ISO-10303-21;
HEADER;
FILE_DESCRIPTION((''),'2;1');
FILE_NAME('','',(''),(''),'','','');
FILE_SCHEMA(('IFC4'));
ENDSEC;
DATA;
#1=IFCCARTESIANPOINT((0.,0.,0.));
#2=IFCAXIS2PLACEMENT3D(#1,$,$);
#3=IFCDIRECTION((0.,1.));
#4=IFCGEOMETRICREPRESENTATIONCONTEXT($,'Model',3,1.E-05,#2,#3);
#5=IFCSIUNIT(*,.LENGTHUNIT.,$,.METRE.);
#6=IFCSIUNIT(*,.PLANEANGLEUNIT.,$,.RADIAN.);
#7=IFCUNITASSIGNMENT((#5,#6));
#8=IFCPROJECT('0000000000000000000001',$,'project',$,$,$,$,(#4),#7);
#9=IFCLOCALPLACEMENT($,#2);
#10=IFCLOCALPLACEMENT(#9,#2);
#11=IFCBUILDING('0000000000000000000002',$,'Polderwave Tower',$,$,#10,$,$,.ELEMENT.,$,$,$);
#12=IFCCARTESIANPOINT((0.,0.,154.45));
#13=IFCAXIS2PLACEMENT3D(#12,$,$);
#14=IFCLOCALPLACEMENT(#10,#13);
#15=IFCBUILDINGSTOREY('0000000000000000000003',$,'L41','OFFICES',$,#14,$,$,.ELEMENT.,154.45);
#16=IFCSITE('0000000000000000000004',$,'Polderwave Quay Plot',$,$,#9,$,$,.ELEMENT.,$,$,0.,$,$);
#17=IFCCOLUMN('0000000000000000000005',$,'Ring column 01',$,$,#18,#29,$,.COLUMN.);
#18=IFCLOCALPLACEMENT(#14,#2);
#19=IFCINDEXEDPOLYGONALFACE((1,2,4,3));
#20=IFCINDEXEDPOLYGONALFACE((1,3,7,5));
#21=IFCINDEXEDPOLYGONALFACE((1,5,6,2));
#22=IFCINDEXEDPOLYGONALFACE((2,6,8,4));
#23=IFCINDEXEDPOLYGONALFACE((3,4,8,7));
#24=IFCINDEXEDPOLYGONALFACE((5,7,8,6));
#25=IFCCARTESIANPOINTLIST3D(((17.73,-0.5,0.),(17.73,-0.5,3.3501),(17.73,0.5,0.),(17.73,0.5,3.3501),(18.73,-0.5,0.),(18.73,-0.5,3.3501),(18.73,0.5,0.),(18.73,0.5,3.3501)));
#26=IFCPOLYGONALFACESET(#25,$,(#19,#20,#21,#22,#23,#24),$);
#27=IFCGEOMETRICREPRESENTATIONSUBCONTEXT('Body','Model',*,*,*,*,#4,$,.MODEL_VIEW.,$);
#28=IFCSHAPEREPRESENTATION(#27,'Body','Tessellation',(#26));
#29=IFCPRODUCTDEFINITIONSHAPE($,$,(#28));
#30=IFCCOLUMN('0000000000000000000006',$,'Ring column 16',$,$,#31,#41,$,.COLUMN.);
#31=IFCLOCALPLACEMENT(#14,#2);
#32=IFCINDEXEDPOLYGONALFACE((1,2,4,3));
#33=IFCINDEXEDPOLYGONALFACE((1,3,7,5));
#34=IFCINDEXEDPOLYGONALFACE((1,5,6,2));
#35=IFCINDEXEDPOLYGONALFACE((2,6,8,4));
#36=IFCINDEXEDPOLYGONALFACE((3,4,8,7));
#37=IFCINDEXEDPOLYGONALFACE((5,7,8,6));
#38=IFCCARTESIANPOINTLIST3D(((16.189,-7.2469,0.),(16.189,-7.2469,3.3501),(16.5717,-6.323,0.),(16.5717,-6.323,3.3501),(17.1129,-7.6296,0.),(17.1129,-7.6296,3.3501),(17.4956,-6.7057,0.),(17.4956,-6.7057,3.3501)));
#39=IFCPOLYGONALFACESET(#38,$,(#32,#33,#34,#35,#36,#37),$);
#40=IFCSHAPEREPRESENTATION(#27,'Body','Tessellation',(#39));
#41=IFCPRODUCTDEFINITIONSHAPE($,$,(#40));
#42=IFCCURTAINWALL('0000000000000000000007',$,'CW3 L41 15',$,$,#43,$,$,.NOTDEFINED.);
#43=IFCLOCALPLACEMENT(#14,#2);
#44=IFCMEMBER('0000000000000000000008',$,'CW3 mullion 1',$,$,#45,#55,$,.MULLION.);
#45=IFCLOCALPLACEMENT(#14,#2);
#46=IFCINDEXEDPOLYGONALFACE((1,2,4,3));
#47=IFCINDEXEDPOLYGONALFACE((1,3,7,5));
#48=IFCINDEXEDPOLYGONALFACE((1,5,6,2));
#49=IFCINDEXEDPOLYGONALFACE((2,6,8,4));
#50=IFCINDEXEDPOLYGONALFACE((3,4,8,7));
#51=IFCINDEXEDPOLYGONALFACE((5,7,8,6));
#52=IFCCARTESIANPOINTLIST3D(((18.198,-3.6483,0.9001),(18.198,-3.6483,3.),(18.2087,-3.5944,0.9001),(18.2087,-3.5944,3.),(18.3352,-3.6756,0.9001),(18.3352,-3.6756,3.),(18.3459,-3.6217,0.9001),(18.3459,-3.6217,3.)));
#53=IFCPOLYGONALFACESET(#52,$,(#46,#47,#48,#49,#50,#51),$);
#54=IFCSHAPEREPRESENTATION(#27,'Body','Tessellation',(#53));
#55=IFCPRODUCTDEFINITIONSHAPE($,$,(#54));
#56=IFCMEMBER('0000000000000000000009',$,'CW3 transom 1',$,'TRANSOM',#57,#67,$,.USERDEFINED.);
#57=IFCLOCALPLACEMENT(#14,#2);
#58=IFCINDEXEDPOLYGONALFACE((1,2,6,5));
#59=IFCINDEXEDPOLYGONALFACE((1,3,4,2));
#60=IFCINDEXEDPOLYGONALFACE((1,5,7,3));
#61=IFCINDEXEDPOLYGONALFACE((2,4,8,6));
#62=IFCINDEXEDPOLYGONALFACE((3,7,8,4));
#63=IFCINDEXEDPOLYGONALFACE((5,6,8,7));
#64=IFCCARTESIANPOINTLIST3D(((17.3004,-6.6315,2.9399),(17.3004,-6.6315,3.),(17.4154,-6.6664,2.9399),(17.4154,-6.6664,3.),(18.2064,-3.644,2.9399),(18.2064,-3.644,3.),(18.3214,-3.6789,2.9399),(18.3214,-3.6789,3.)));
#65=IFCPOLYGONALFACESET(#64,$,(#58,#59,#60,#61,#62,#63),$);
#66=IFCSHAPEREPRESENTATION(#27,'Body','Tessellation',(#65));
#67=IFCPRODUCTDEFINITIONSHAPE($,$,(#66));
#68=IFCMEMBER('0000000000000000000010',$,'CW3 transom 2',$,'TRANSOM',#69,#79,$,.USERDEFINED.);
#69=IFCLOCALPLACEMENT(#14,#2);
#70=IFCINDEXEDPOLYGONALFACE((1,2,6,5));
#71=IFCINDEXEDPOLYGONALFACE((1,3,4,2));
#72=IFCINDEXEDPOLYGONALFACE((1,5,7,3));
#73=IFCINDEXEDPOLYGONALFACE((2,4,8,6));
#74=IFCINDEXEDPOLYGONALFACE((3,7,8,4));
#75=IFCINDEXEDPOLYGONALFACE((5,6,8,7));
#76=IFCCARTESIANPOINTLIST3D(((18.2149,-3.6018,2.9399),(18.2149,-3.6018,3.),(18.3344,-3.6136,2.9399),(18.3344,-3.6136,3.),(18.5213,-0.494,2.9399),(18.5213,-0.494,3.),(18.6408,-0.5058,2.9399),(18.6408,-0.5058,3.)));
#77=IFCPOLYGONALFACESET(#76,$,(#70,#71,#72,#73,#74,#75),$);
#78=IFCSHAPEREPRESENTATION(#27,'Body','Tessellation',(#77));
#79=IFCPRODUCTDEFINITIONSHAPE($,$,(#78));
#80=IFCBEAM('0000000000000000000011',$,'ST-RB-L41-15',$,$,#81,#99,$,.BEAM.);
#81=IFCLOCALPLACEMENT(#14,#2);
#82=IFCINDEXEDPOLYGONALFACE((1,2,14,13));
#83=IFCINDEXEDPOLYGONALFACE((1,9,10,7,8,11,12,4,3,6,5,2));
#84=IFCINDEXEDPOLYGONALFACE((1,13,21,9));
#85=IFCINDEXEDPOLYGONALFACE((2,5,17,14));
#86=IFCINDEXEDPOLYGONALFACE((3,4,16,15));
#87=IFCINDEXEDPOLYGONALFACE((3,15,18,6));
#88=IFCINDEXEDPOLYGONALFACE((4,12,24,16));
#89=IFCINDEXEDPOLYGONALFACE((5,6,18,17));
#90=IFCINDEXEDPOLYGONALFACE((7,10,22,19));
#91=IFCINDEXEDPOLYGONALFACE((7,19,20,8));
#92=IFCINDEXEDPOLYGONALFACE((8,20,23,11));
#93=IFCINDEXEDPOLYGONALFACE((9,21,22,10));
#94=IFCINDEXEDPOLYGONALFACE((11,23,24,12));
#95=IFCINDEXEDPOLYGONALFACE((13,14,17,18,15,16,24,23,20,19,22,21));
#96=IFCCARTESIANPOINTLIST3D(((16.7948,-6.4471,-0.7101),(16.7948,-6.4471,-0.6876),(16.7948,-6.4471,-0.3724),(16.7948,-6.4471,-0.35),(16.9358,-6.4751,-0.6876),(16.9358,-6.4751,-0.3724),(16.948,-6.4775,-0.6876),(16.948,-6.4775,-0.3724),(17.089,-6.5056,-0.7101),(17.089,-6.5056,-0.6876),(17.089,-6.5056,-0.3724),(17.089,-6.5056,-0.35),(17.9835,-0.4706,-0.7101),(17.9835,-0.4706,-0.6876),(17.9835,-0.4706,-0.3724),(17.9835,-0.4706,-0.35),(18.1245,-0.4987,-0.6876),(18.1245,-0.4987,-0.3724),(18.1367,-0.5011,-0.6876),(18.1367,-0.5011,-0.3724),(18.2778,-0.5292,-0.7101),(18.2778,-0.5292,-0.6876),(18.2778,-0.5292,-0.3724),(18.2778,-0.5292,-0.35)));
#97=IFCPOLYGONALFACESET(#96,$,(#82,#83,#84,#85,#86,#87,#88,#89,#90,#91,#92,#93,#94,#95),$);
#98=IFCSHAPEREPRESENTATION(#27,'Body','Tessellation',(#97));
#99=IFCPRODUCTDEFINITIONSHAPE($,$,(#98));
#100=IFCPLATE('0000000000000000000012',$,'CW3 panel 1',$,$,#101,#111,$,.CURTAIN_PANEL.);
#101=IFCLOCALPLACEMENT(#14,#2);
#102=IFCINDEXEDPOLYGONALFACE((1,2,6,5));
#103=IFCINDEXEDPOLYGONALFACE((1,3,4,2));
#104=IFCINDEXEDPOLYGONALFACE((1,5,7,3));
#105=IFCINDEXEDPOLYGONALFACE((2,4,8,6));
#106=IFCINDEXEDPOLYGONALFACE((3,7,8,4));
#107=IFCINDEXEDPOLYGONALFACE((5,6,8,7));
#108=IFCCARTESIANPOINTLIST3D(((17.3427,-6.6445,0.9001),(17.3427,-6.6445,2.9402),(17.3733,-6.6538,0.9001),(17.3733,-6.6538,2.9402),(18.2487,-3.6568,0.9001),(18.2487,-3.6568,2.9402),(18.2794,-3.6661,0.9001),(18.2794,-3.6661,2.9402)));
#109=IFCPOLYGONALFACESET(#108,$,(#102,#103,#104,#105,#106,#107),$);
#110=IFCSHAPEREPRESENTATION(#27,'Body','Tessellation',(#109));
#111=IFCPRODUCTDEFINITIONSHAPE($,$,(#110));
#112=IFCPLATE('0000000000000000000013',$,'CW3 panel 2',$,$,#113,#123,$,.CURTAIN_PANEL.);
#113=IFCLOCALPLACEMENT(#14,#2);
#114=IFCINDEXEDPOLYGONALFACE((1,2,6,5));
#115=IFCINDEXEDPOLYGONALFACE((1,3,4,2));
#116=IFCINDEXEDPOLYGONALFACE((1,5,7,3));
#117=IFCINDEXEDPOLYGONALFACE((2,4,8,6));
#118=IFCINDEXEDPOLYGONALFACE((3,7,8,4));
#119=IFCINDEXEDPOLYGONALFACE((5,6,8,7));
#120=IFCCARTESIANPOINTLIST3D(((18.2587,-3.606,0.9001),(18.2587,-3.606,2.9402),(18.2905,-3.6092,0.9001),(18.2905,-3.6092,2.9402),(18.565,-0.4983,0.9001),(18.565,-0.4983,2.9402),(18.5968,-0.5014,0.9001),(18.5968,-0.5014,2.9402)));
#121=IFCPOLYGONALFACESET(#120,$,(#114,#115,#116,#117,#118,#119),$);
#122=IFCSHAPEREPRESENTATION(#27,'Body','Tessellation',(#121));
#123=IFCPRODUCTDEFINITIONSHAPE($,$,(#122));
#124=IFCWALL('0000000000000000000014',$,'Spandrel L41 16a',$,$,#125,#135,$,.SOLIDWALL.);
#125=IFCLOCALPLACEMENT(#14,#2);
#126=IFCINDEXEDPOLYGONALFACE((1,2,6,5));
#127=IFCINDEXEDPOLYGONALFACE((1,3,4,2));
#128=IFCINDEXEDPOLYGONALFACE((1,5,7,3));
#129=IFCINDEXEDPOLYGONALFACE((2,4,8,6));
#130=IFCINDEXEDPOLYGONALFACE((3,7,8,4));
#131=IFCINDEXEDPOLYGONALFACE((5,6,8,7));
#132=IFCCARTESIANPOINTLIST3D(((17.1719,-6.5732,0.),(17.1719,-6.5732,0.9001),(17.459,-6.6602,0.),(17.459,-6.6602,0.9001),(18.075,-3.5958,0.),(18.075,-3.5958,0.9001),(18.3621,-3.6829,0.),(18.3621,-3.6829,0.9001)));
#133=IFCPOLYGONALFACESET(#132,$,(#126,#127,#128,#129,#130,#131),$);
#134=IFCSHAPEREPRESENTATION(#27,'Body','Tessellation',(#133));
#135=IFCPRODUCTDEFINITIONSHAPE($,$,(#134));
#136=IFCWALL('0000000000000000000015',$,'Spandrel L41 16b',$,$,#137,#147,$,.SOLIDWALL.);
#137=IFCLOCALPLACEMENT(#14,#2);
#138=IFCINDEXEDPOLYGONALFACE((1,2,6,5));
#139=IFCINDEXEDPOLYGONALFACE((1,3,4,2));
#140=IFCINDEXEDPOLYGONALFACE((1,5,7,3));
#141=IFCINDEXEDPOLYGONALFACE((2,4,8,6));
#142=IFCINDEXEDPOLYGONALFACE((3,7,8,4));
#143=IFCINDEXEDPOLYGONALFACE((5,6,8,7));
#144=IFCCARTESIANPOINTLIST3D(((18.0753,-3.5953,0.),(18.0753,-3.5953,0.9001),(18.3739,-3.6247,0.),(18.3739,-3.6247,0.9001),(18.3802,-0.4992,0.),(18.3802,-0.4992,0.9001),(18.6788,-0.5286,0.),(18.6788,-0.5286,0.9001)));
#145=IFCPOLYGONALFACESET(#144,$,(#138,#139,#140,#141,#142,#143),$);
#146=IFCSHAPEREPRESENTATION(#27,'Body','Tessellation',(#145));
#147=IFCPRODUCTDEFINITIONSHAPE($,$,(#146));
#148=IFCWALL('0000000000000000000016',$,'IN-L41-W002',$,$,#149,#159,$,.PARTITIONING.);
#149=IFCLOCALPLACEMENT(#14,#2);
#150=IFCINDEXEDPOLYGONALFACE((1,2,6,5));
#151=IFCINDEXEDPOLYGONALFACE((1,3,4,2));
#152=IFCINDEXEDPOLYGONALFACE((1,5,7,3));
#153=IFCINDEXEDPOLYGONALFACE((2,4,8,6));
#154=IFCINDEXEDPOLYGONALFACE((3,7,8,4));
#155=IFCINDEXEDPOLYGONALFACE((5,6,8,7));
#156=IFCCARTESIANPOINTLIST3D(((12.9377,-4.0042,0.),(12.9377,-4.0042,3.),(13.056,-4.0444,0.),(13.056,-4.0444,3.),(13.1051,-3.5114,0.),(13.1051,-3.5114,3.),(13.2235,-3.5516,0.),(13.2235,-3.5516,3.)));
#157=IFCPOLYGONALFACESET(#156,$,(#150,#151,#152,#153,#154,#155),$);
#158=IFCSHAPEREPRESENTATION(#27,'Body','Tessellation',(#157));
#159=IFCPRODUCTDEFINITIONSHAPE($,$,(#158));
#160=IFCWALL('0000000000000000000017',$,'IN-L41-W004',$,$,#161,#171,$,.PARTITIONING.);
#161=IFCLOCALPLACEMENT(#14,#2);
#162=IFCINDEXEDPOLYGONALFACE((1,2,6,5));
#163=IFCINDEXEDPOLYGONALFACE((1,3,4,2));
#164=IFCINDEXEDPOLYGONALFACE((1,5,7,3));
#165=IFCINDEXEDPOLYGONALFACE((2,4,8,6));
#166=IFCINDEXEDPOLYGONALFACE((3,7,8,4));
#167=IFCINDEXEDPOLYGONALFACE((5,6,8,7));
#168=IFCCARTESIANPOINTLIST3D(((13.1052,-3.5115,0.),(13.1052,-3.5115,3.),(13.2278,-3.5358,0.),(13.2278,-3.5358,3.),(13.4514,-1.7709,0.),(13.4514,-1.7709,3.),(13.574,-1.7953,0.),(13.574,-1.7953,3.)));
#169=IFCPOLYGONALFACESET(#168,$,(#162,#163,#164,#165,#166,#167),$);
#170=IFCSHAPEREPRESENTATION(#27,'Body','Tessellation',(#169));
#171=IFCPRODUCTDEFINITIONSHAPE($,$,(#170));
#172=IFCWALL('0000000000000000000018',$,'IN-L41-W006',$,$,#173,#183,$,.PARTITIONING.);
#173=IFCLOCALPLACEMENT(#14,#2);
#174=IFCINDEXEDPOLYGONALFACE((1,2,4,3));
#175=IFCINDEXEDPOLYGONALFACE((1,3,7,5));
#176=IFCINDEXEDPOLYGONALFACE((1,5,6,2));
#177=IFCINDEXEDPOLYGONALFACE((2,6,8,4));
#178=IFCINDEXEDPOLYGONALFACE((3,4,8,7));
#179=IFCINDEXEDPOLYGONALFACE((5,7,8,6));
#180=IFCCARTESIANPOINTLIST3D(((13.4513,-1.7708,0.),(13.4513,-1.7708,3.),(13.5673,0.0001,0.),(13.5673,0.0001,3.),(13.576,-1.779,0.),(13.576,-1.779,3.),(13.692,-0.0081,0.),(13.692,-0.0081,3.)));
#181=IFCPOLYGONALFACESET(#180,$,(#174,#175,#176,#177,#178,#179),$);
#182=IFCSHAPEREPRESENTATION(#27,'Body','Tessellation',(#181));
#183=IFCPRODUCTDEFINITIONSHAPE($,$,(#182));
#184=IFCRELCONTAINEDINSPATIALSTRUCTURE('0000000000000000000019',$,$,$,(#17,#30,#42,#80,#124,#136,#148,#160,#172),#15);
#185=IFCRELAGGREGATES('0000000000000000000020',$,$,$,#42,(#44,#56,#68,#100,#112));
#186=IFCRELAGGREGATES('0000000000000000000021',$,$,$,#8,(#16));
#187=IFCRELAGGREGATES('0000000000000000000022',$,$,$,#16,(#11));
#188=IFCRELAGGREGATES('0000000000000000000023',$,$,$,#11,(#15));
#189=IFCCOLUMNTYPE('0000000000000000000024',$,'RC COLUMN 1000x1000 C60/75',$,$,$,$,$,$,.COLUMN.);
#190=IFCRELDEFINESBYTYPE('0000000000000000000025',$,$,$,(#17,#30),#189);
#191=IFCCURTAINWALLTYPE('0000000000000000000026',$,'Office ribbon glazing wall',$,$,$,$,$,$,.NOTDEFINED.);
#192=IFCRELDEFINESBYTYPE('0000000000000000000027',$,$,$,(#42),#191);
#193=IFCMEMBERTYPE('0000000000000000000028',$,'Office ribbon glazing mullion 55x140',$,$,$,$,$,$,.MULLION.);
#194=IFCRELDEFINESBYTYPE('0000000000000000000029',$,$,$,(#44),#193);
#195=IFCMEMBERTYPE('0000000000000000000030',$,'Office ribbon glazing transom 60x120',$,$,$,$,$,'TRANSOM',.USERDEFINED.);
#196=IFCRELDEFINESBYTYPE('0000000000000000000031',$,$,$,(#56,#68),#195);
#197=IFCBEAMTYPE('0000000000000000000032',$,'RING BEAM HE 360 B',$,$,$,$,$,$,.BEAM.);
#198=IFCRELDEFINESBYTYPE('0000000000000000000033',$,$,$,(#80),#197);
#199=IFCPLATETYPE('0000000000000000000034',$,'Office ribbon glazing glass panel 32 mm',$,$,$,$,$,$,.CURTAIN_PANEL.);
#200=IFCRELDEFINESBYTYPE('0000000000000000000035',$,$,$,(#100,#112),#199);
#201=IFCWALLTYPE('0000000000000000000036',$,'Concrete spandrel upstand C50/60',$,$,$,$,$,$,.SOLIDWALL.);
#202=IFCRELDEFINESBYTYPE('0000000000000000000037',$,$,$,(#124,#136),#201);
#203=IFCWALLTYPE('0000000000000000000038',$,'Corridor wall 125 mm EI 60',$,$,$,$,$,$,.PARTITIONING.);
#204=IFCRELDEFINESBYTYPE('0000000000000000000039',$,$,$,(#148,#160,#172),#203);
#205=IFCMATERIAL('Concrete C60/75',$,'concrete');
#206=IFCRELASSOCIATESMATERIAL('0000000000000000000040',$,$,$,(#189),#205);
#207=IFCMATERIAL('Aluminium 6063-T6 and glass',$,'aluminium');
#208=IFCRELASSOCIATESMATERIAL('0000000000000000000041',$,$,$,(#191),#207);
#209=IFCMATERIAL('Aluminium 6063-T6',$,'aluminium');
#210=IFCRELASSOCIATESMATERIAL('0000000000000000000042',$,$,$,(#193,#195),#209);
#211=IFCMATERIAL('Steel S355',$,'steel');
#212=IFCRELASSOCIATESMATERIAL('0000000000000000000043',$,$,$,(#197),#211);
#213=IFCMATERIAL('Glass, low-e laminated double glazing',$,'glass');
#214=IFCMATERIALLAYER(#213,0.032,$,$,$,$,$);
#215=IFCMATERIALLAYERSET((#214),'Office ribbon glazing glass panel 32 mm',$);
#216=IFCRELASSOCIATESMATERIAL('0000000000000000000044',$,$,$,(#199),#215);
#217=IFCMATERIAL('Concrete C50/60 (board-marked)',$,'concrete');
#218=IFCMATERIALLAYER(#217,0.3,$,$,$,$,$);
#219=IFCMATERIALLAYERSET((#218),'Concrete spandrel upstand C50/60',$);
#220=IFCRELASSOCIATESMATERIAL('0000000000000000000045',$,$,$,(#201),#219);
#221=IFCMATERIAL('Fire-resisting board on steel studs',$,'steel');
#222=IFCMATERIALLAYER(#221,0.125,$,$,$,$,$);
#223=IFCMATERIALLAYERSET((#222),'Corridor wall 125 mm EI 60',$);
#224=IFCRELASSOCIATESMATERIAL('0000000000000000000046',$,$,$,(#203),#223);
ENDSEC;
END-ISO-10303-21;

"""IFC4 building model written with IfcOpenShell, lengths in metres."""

from ifc_helpers import new_model, si_unit, direction, frame, frame_2d, origin, origin_2d, place, context, subcontext, project, spatial, rectangle, i_section, extrude, material, layer, layer_set, material_profile, profile_set, type_object, element, aggregate, save


model = new_model("IFC4")

# Units and contexts
model_context = context("Model", 3, precision=1e-05, world=origin(), true_north=direction((0.0, 1.0)))
body_context = subcontext(model_context, "Body", "Model", "MODEL_VIEW")
ifc_project = project(units=[si_unit("LENGTHUNIT", "METRE"), si_unit("PLANEANGLEUNIT", "RADIAN")], contexts=[model_context])

# Site, building, storey
site_placement = place(None, origin())
site = spatial("IfcSite", under=ifc_project, at=site_placement, Name="Polderwave Quay Plot", CompositionType="ELEMENT", RefElevation=0.0)
building_placement = place(site_placement, origin())
building = spatial("IfcBuilding", under=site, at=building_placement, Name="Polderwave Tower", CompositionType="ELEMENT")
storey_placement = place(building_placement, frame((0.0, 0.0, 154.45)))
storey = spatial("IfcBuildingStorey", under=building, at=storey_placement, Name="L41", Description="OFFICES", CompositionType="ELEMENT", Elevation=154.45)

# Columns
ifc_material_1 = material(Name="Concrete C60/75", Category="concrete")
ifc_material_profile_1 = material_profile(ifc_material_1, rectangle(XDim=1.0, YDim=1.0, at=origin_2d()), Name="RC 1000x1000")
ifc_profile_set_1 = profile_set([ifc_material_profile_1], Name="Concrete C60/75")
column_type = type_object("IfcColumnType", Name="RC COLUMN 1000x1000 C60/75", PredefinedType="COLUMN", material=ifc_profile_set_1)
for number, where, z_axis, x_axis, name in (
    (1, (18.23, 0.0, 0.0), (0.0, 0.0, 1.0), (1.0, 0.0, 0.0), "Ring column 01"),
    (2, (16.8423, -6.9763, 0.0), (0.0, 0.0, 1.0), (0.92388, -0.382683, 0.0), "Ring column 16"),
):
    element("IfcColumn", number, at=place(storey_placement, frame(where, z_axis=z_axis, x_axis=x_axis)), inside=storey, type_object=column_type, Name=name, PredefinedType="COLUMN", context=body_context, shape_type="SweptSolid", body=[
        extrude(rectangle(XDim=1.0, YDim=1.0, at=origin_2d()), origin(), (0.0, 0.0, 1.0), 3.3501),
    ])

# Curtain wall, members
ifc_material_2 = material(Name="Aluminium 6063-T6 and glass", Category="aluminium")
curtain_wall_type = type_object("IfcCurtainWallType", Name="Office ribbon glazing wall", PredefinedType="NOTDEFINED", material=ifc_material_2)
curtain_wall_placement = place(storey_placement, origin())
curtain_wall = element("IfcCurtainWall", 3, at=curtain_wall_placement, inside=storey, type_object=curtain_wall_type, Name="CW3 L41 15", PredefinedType="NOTDEFINED")
ifc_material_3 = material(Name="Aluminium 6063-T6", Category="aluminium")
ifc_material_profile_2 = material_profile(ifc_material_3, rectangle(XDim=0.1399, YDim=0.0549, at=origin_2d()), Name="AL 55x140")
ifc_profile_set_2 = profile_set([ifc_material_profile_2], Name="Aluminium 6063-T6")
member_type_1 = type_object("IfcMemberType", Name="Office ribbon glazing mullion 55x140", PredefinedType="MULLION", material=ifc_profile_set_2)
member_1_placement = place(storey_placement, frame((18.272, -3.635, 0.9001), z_axis=(0.0, 0.0, 1.0), x_axis=(-0.980787, 0.195083, 0.0)))
member_1 = element("IfcMember", 4, at=member_1_placement, type_object=member_type_1, Name="CW3 mullion 1", PredefinedType="MULLION", context=body_context, shape_type="SweptSolid", body=[
    extrude(rectangle(XDim=0.1399, YDim=0.0549, at=origin_2d()), origin(), (0.0, 0.0, 1.0), 2.0999),
])
ifc_material_profile_3 = material_profile(ifc_material_3, rectangle(XDim=0.1201, YDim=0.0601, at=origin_2d()), Name="AL 60x120")
ifc_profile_set_3 = profile_set([ifc_material_profile_3], Name="Aluminium 6063-T6")
member_type_2 = type_object("IfcMemberType", Name="Office ribbon glazing transom 60x120", ElementType="TRANSOM", PredefinedType="USERDEFINED", material=ifc_profile_set_3)
member_2_placement = place(storey_placement, frame((17.3579, -6.6489, 2.97), z_axis=(0.290209, 0.956963, 0.0), x_axis=(-0.956963, 0.290209, 0.0)))
member_2 = element("IfcMember", 5, at=member_2_placement, type_object=member_type_2, Name="CW3 transom 1", ObjectType="TRANSOM", PredefinedType="USERDEFINED", context=body_context, shape_type="SweptSolid", body=[
    extrude(rectangle(XDim=0.1201, YDim=0.0601, at=origin_2d()), origin(), (0.0, 0.0, 1.0), 3.1218),
])
member_3_placement = place(storey_placement, frame((18.2747, -3.6077, 2.97), z_axis=(0.098118, 0.995175, 0.0), x_axis=(-0.995175, 0.098118, 0.0)))
member_3 = element("IfcMember", 6, at=member_3_placement, type_object=member_type_2, Name="CW3 transom 2", ObjectType="TRANSOM", PredefinedType="USERDEFINED", context=body_context, shape_type="SweptSolid", body=[
    extrude(rectangle(XDim=0.1201, YDim=0.0601, at=origin_2d()), origin(), (0.0, 0.0, 1.0), 3.1228),
])

# Beam
ifc_material_4 = material(Name="Steel S355", Category="steel")
ifc_material_profile_4 = material_profile(ifc_material_4, i_section(OverallWidth=0.3, OverallDepth=0.3601, WebThickness=0.0125, FlangeThickness=0.0225, at=origin_2d()), Name="HE 360 B")
ifc_profile_set_4 = profile_set([ifc_material_profile_4], Name="Steel S355")
beam_type = type_object("IfcBeamType", Name="RING BEAM HE 360 B", PredefinedType="BEAM", material=ifc_profile_set_4)
beam_placement = place(storey_placement, frame((16.9419, -6.4763, -0.53), z_axis=(0.195084, 0.980787, 0.0), x_axis=(-0.980787, 0.195084, 0.0)))
element("IfcBeam", 7, at=beam_placement, inside=storey, type_object=beam_type, Name="ST-RB-L41-15", PredefinedType="BEAM", context=body_context, shape_type="SweptSolid", body=[
    extrude(i_section(OverallWidth=0.3, OverallDepth=0.3601, WebThickness=0.0125, FlangeThickness=0.0225, at=origin_2d()), origin(), (0.0, 0.0, 1.0), 6.0935),
])

# Plates
ifc_material_5 = material(Name="Glass, low-e laminated double glazing", Category="glass")
ifc_layer_1 = layer(ifc_material_5, 0.032)
ifc_layer_set_1 = layer_set([ifc_layer_1], Name="Office ribbon glazing glass panel 32 mm")
plate_type = type_object("IfcPlateType", Name="Office ribbon glazing glass panel 32 mm", PredefinedType="CURTAIN_PANEL", material=ifc_layer_set_1)
plate_1_placement = place(storey_placement, frame((17.811, -5.1553, 0.9001), z_axis=(0.0, 0.0, 1.0), x_axis=(0.290201, 0.956966, 0.0)))
plate_1 = element("IfcPlate", 8, at=plate_1_placement, type_object=plate_type, Name="CW3 panel 1", PredefinedType="CURTAIN_PANEL", context=body_context, shape_type="SweptSolid", body=[
    extrude(rectangle(XDim=3.1221, YDim=0.032, at=origin_2d()), origin(), (0.0, 0.0, 1.0), 2.04),
])
plate_2_placement = place(storey_placement, frame((18.4277, -2.0537, 0.9001), z_axis=(0.0, 0.0, 1.0), x_axis=(0.09809, 0.995178, 0.0)))
plate_2 = element("IfcPlate", 9, at=plate_2_placement, type_object=plate_type, Name="CW3 panel 2", PredefinedType="CURTAIN_PANEL", context=body_context, shape_type="SweptSolid", body=[
    extrude(rectangle(XDim=3.1228, YDim=0.032, at=origin_2d()), origin(), (0.0, 0.0, 1.0), 2.04),
])
aggregate(curtain_wall, [member_1, member_2, member_3, plate_1, plate_2])

# Walls
ifc_material_6 = material(Name="Concrete C50/60 (board-marked)", Category="concrete")
ifc_layer_2 = layer(ifc_material_6, 0.3)
ifc_layer_set_2 = layer_set([ifc_layer_2], Name="Concrete spandrel upstand C50/60")
wall_type_1 = type_object("IfcWallType", Name="Concrete spandrel upstand C50/60", PredefinedType="SOLIDWALL", material=ifc_layer_set_2)
wall_1_placement = place(storey_placement, frame((17.3154, -6.6167, 0.0), z_axis=(0.0, 0.0, 1.0), x_axis=(0.290262, 0.956947, 0.0)))
element("IfcWall", 10, at=wall_1_placement, inside=storey, type_object=wall_type_1, Name="Spandrel L41 16a", PredefinedType="SOLIDWALL", context=body_context, shape_type="SweptSolid", body=[
    extrude(rectangle(XDim=3.1113, YDim=0.3, at=frame_2d((1.5557, 0.0))), origin(), (0.0, 0.0, 1.0), 0.9001),
])
wall_2_placement = place(storey_placement, frame((18.2246, -3.6101, 0.0), z_axis=(0.0, 0.0, 1.0), x_axis=(0.098012, 0.995185, 0.0)))
element("IfcWall", 11, at=wall_2_placement, inside=storey, type_object=wall_type_1, Name="Spandrel L41 16b", PredefinedType="SOLIDWALL", context=body_context, shape_type="SweptSolid", body=[
    extrude(rectangle(XDim=3.1111, YDim=0.3, at=frame_2d((1.5557, 0.0))), origin(), (0.0, 0.0, 1.0), 0.9001),
])
ifc_material_7 = material(Name="Fire-resisting board on steel studs", Category="steel")
ifc_layer_3 = layer(ifc_material_7, 0.125)
ifc_layer_set_3 = layer_set([ifc_layer_3], Name="Corridor wall 125 mm EI 60")
wall_type_2 = type_object("IfcWallType", Name="Corridor wall 125 mm EI 60", PredefinedType="PARTITIONING", material=ifc_layer_set_3)
wall_3_placement = place(storey_placement, frame((13.1643, -3.5315, 0.0), z_axis=(0.0, 0.0, 1.0), x_axis=(-0.321709, -0.946838, 0.0)))
element("IfcWall", 12, at=wall_3_placement, inside=storey, type_object=wall_type_2, Name="IN-L41-W002", PredefinedType="PARTITIONING", context=body_context, shape_type="SweptSolid", body=[
    extrude(rectangle(XDim=0.5205, YDim=0.125, at=frame_2d((0.2603, 0.0))), origin(), (0.0, 0.0, 1.0), 3.0),
])
for number, where, z_axis, x_axis, name in (
    (13, (13.5127, -1.7832, 0.0), (0.0, 0.0, 1.0), (-0.195084, -0.980786, 0.0), "IN-L41-W004"),
    (14, (13.6296, -0.0042, 0.0), (0.0, 0.0, 1.0), (-0.06535, -0.997862, 0.0), "IN-L41-W006"),
):
    element("IfcWall", number, at=place(storey_placement, frame(where, z_axis=z_axis, x_axis=x_axis)), inside=storey, type_object=wall_type_2, Name=name, PredefinedType="PARTITIONING", context=body_context, shape_type="SweptSolid", body=[
        extrude(rectangle(XDim=1.7747, YDim=0.125, at=frame_2d((0.8872, 0.0))), origin(), (0.0, 0.0, 1.0), 3.0),
    ])

save(model, "model.ifc")
